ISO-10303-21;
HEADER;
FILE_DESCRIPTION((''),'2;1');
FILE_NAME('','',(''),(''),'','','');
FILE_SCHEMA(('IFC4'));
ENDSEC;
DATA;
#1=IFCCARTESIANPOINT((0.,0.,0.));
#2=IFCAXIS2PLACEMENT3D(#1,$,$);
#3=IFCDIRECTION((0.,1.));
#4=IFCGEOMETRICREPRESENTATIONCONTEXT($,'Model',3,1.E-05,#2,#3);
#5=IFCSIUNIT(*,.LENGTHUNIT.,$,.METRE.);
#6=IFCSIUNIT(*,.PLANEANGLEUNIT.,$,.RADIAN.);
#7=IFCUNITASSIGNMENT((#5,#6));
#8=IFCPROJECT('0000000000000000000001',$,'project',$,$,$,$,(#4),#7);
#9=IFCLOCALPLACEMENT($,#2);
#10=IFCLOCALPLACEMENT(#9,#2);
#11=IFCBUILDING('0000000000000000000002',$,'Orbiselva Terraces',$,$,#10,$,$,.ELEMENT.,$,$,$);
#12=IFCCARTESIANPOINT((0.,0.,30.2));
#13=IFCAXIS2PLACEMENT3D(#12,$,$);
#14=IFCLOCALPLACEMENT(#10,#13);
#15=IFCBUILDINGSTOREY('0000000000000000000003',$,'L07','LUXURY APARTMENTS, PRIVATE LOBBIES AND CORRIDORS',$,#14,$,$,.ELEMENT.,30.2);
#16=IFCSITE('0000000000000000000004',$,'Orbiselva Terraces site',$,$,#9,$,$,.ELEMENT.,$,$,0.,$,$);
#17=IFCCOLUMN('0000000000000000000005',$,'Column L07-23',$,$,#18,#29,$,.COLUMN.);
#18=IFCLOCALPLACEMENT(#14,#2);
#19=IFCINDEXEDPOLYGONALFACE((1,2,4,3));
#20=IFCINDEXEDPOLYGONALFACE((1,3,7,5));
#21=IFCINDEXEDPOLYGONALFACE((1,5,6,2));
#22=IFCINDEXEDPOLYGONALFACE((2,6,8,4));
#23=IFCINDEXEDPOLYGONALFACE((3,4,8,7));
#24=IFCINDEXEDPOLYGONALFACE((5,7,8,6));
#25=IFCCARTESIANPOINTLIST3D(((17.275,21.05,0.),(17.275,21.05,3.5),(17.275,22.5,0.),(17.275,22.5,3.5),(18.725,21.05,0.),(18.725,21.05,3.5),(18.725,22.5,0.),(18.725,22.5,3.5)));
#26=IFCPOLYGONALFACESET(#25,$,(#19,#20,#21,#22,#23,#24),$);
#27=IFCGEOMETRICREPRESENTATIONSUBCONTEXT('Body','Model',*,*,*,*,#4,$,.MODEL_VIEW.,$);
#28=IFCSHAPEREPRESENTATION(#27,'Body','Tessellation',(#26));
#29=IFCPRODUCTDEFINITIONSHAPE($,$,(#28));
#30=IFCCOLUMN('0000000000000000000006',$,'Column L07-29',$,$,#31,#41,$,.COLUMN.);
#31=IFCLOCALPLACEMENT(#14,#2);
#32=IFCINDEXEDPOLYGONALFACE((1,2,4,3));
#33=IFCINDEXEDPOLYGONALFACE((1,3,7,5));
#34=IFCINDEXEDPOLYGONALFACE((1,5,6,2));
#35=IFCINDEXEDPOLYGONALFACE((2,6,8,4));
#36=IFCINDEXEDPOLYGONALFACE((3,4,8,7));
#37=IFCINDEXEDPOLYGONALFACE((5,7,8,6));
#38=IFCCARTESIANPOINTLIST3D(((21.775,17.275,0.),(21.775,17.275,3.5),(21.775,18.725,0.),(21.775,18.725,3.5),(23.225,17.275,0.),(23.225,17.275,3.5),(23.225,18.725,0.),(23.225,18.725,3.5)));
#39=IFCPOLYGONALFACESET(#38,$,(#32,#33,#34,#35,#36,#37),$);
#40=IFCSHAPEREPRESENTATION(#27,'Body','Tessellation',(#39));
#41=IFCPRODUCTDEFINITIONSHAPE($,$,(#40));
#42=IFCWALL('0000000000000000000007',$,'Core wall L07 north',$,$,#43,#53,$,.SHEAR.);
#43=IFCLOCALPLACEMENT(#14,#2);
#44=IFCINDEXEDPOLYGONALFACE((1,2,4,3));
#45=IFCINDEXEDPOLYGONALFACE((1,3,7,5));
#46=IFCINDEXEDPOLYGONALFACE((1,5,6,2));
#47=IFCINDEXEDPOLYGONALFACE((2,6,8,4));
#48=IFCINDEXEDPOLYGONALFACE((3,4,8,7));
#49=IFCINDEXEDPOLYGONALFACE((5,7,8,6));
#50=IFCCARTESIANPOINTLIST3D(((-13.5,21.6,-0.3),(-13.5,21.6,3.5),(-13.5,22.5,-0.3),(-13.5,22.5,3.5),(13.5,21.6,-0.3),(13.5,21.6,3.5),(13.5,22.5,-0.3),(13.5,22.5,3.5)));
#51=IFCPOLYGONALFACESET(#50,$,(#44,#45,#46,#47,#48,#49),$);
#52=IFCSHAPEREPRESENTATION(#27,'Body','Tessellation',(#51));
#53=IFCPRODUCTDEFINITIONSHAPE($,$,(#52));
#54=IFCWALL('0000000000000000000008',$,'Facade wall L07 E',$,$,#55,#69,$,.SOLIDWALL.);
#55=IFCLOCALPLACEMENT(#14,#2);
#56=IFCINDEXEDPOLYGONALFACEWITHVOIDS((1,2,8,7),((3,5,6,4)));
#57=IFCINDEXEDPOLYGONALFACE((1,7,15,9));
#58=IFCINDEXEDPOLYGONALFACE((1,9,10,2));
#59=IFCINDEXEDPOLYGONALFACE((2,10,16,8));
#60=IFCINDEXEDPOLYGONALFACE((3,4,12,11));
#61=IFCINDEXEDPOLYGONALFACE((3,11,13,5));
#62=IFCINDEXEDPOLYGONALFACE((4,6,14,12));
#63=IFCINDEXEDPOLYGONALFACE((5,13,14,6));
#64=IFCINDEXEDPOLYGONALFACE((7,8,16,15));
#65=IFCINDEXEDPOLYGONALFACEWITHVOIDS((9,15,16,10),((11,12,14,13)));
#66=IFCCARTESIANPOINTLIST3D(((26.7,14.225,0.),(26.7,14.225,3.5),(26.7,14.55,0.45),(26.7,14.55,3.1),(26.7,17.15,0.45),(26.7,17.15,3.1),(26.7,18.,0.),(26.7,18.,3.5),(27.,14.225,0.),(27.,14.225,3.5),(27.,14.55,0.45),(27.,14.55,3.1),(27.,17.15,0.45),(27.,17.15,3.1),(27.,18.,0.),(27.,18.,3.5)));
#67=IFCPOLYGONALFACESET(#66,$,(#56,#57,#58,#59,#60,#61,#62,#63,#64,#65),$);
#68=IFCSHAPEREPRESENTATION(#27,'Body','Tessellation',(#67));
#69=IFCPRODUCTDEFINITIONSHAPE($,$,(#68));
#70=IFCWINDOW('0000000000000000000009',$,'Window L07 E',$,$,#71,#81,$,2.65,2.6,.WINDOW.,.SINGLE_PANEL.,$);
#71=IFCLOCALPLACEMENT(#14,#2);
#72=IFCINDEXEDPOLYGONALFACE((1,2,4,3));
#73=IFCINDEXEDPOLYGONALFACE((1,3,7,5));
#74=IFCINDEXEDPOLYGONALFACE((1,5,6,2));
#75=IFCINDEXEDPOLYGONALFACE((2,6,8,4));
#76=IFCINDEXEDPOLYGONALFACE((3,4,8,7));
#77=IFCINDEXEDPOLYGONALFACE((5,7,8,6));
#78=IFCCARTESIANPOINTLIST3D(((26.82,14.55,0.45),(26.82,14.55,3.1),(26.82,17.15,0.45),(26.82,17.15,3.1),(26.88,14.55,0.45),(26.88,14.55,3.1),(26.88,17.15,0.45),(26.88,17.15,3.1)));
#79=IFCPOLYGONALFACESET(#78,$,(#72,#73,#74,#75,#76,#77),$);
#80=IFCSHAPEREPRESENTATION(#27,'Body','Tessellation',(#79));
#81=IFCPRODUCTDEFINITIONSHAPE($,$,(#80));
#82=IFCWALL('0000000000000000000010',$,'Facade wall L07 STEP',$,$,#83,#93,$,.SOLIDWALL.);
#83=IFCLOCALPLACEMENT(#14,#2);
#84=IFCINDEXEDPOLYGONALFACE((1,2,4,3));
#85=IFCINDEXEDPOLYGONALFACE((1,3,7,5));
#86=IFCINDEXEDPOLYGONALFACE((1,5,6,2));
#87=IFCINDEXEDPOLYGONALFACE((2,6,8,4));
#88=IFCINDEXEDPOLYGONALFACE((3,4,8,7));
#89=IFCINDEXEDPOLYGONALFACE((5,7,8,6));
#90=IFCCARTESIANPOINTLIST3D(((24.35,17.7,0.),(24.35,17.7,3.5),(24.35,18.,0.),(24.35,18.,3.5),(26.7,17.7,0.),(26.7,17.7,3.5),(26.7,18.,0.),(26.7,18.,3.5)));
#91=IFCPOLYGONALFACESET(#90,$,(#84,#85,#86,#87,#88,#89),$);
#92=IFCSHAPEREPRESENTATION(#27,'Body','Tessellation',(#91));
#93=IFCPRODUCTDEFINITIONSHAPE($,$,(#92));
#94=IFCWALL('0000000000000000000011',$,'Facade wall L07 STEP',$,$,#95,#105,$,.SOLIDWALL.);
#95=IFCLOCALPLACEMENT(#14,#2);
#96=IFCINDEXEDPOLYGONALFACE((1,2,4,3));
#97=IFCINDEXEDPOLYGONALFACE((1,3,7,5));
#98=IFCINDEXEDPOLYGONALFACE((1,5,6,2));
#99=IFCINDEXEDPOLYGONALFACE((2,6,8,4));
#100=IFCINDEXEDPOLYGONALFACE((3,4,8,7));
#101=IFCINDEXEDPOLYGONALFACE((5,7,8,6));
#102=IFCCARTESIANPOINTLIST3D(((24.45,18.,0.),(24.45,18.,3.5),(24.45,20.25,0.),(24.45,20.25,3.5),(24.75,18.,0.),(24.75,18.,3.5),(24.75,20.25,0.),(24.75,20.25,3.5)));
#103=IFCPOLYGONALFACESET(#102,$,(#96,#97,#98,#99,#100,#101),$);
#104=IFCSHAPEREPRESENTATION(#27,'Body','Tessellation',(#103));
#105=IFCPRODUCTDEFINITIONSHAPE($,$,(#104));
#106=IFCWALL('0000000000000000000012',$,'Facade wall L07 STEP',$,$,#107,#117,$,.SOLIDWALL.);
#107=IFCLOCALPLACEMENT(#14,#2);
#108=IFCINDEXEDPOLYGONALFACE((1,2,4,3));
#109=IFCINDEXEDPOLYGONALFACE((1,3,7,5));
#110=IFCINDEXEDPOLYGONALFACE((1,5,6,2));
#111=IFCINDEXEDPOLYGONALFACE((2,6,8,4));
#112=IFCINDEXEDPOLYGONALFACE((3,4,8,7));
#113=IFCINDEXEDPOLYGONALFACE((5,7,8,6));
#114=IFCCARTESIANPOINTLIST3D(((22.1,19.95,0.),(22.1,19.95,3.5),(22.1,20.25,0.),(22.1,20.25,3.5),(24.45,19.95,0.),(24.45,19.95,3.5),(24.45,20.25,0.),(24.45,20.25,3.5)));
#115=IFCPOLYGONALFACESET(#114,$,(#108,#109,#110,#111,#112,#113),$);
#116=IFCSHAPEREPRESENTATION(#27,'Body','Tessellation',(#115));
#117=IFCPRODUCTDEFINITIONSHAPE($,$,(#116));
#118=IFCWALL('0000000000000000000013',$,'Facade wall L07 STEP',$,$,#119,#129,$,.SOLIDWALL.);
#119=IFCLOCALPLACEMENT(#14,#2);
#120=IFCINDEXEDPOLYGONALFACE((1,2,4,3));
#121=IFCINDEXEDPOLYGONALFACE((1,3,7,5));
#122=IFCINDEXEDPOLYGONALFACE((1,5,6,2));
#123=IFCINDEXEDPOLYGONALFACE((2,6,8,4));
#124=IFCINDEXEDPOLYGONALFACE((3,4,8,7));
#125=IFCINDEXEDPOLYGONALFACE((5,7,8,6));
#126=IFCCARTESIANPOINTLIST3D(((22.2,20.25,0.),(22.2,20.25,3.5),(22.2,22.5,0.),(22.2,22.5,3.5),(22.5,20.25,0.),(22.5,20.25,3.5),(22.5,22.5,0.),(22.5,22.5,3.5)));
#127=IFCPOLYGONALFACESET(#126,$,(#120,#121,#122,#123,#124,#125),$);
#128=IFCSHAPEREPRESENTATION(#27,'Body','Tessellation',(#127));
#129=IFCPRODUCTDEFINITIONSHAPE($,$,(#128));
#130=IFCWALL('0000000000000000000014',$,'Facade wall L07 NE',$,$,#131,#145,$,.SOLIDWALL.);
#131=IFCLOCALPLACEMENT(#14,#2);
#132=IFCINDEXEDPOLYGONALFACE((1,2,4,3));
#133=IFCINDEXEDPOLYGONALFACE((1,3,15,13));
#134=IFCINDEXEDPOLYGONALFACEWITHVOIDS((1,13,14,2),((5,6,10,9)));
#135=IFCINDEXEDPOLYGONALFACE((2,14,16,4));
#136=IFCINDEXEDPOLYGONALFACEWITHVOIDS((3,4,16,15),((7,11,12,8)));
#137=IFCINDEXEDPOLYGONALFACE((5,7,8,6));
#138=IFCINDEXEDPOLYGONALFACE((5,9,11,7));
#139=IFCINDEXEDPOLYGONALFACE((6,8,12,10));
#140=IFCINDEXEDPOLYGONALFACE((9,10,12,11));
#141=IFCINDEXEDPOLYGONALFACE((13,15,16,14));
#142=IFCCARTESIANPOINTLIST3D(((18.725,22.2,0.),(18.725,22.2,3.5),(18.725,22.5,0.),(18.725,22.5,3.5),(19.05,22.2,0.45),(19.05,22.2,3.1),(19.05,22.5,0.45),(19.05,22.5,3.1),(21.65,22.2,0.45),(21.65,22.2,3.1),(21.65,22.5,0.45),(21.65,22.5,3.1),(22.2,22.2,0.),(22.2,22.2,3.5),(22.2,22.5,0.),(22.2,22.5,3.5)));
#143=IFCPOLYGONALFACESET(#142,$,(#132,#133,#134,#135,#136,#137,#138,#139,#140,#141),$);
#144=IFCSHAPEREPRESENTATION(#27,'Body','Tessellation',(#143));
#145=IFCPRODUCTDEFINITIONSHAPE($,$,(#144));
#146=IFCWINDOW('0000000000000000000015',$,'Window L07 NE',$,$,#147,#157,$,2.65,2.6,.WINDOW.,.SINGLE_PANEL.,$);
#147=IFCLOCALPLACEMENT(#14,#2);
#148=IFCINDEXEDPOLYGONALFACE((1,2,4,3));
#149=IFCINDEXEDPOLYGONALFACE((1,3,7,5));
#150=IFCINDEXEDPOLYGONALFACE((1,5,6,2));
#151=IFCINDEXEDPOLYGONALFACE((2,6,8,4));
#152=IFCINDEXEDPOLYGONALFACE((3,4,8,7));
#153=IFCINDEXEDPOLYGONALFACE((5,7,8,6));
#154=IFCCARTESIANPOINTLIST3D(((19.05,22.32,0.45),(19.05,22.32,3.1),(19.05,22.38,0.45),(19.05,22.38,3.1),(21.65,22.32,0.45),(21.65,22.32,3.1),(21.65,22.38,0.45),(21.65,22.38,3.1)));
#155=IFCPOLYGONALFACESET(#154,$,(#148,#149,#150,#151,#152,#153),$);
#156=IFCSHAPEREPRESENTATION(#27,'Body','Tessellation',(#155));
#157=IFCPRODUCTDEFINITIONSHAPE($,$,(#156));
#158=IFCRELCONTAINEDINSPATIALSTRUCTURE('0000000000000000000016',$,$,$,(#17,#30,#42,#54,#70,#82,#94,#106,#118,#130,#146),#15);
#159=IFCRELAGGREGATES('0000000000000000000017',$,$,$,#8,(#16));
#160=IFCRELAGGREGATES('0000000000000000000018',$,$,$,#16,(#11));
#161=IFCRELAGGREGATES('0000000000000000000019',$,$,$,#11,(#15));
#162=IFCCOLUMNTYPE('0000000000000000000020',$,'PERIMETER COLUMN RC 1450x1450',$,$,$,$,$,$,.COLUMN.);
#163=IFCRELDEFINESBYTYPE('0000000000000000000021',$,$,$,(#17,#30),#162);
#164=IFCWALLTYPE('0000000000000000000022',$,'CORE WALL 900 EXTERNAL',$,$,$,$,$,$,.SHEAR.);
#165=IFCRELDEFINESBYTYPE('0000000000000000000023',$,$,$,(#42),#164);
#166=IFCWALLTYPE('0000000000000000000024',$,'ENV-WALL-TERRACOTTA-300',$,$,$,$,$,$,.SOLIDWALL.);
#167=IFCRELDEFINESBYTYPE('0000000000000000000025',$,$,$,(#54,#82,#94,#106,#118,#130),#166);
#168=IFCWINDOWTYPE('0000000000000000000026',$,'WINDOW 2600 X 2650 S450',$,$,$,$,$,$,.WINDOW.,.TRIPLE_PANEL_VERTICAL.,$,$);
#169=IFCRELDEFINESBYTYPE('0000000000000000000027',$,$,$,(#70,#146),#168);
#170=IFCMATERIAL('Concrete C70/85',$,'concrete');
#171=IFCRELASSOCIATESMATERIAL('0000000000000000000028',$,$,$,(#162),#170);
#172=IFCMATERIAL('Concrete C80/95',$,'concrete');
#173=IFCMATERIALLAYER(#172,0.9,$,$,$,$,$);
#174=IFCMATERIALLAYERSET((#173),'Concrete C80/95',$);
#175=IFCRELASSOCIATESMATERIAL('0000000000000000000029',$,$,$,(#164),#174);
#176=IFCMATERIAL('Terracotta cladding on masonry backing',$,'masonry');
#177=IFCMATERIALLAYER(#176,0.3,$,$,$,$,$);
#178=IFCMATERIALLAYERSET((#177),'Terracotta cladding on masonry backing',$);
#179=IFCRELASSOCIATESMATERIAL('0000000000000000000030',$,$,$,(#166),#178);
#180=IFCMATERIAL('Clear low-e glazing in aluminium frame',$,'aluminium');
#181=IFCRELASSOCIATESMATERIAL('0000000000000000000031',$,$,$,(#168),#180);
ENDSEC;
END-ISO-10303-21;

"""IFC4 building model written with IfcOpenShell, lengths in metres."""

from ifc_helpers import new_model, si_unit, direction, frame, frame_2d, origin, origin_2d, place, context, subcontext, project, spatial, rectangle, extrude, material, layer, layer_set, material_profile, profile_set, type_object, element, fill, save


model = new_model("IFC4")

# Units and contexts
model_context = context("Model", 3, precision=1e-05, world=origin(), true_north=direction((0.0, 1.0)))
body_context = subcontext(model_context, "Body", "Model", "MODEL_VIEW")
ifc_project = project(units=[si_unit("LENGTHUNIT", "METRE"), si_unit("PLANEANGLEUNIT", "RADIAN")], contexts=[model_context])

# Site, building, storey
site_placement = place(None, origin())
site = spatial("IfcSite", under=ifc_project, at=site_placement, Name="Orbiselva Terraces site", CompositionType="ELEMENT", RefElevation=0.0)
building_placement = place(site_placement, origin())
building = spatial("IfcBuilding", under=site, at=building_placement, Name="Orbiselva Terraces", CompositionType="ELEMENT")
storey_placement = place(building_placement, frame((0.0, 0.0, 30.2)))
storey = spatial("IfcBuildingStorey", under=building, at=storey_placement, Name="L07", Description="LUXURY APARTMENTS, PRIVATE LOBBIES AND CORRIDORS", CompositionType="ELEMENT", Elevation=30.2)

# Columns
ifc_material_1 = material(Name="Concrete C70/85", Category="concrete")
ifc_material_profile = material_profile(ifc_material_1, rectangle(XDim=1.45, YDim=1.45, at=origin_2d()), Name="RC 1450x1450")
ifc_profile_set = profile_set([ifc_material_profile], Name="Concrete C70/85")
column_type = type_object("IfcColumnType", Name="PERIMETER COLUMN RC 1450x1450", PredefinedType="COLUMN", material=ifc_profile_set)
for number, where, z_axis, x_axis, name in (
    (1, (18.0, 21.775, 0.0), (0.0, 0.0, 1.0), (1.0, 0.0, 0.0), "Column L07-23"),
    (2, (22.5, 18.0, 0.0), (0.0, 0.0, 1.0), (1.0, 0.0, 0.0), "Column L07-29"),
):
    element("IfcColumn", number, at=place(storey_placement, frame(where, z_axis=z_axis, x_axis=x_axis)), inside=storey, type_object=column_type, Name=name, PredefinedType="COLUMN", context=body_context, shape_type="SweptSolid", body=[
        extrude(rectangle(XDim=1.45, YDim=1.45, at=origin_2d()), origin(), (0.0, 0.0, 1.0), 3.5),
    ])

# Wall
ifc_material_2 = material(Name="Concrete C80/95", Category="concrete")
ifc_layer_1 = layer(ifc_material_2, 0.9)
ifc_layer_set_1 = layer_set([ifc_layer_1], Name="Concrete C80/95")
wall_type_1 = type_object("IfcWallType", Name="CORE WALL 900 EXTERNAL", PredefinedType="SHEAR", material=ifc_layer_set_1)
wall_1_placement = place(storey_placement, frame((13.5, 22.05, -0.3), z_axis=(0.0, 0.0, 1.0), x_axis=(-1.0, 0.0, 0.0)))
element("IfcWall", 3, at=wall_1_placement, inside=storey, type_object=wall_type_1, Name="Core wall L07 north", PredefinedType="SHEAR", context=body_context, shape_type="SweptSolid", body=[
    extrude(rectangle(XDim=27.0, YDim=0.9, at=frame_2d((13.5, 0.0))), origin(), (0.0, 0.0, 1.0), 3.8),
])

# Wall, opening, window
ifc_material_3 = material(Name="Terracotta cladding on masonry backing", Category="masonry")
ifc_layer_2 = layer(ifc_material_3, 0.3)
ifc_layer_set_2 = layer_set([ifc_layer_2], Name="Terracotta cladding on masonry backing")
wall_type_2 = type_object("IfcWallType", Name="ENV-WALL-TERRACOTTA-300", PredefinedType="SOLIDWALL", material=ifc_layer_set_2)
wall_2_placement = place(storey_placement, frame((26.85, 18.0, 0.0), z_axis=(0.0, 0.0, 1.0), x_axis=(0.0, -1.0, 0.0)))
wall_2 = element("IfcWall", 4, at=wall_2_placement, inside=storey, type_object=wall_type_2, Name="Facade wall L07 E", PredefinedType="SOLIDWALL", context=body_context, shape_type="SweptSolid", body=[
    extrude(rectangle(XDim=3.775, YDim=0.3, at=frame_2d((1.8875, 0.0))), origin(), (0.0, 0.0, 1.0), 3.5),
])
opening_1_placement = place(wall_2_placement, frame((0.85, 0.0, 0.45)))
opening_1 = element("IfcOpeningElement", 5, at=opening_1_placement, cuts=wall_2, PredefinedType="OPENING", context=body_context, shape_type="SweptSolid", body=[
    extrude(rectangle(XDim=2.6, YDim=2.65, at=frame_2d((1.3, 1.325))), frame((0.0, 0.16, 0.0), z_axis=(0.0, -1.0, 0.0), x_axis=(1.0, 0.0, 0.0)), (0.0, 0.0, 1.0), 0.32),
])
ifc_material_4 = material(Name="Clear low-e glazing in aluminium frame", Category="aluminium")
window_type_1 = type_object("IfcWindowType", Name="WINDOW 2600 X 2650 S450", PartitioningType="TRIPLE_PANEL_VERTICAL", PredefinedType="WINDOW", material=ifc_material_4)
window_1_placement = place(opening_1_placement, origin())
window_1 = element("IfcWindow", 6, at=window_1_placement, inside=storey, type_object=window_type_1, Name="Window L07 E", OverallHeight=2.65, OverallWidth=2.6, PartitioningType="SINGLE_PANEL", PredefinedType="WINDOW", context=body_context, shape_type="SweptSolid", body=[
    extrude(rectangle(XDim=2.6, YDim=2.65, at=frame_2d((1.3, 1.325))), frame((0.0, 0.03, 0.0), z_axis=(0.0, -1.0, 0.0), x_axis=(1.0, 0.0, 0.0)), (0.0, 0.0, 1.0), 0.06),
])
fill(opening_1, window_1)

# Walls
wall_3_placement = place(storey_placement, frame((24.35, 17.85, 0.0), z_axis=(0.0, 0.0, 1.0), x_axis=(1.0, 0.0, 0.0)))
element("IfcWall", 7, at=wall_3_placement, inside=storey, type_object=wall_type_2, Name="Facade wall L07 STEP", PredefinedType="SOLIDWALL", context=body_context, shape_type="SweptSolid", body=[
    extrude(rectangle(XDim=2.35, YDim=0.3, at=frame_2d((1.175, 0.0))), origin(), (0.0, 0.0, 1.0), 3.5),
])
wall_4_placement = place(storey_placement, frame((24.6, 20.25, 0.0), z_axis=(0.0, 0.0, 1.0), x_axis=(0.0, -1.0, 0.0)))
element("IfcWall", 8, at=wall_4_placement, inside=storey, type_object=wall_type_2, Name="Facade wall L07 STEP", PredefinedType="SOLIDWALL", context=body_context, shape_type="SweptSolid", body=[
    extrude(rectangle(XDim=2.25, YDim=0.3, at=frame_2d((1.125, 0.0))), origin(), (0.0, 0.0, 1.0), 3.5),
])
wall_5_placement = place(storey_placement, frame((22.1, 20.1, 0.0), z_axis=(0.0, 0.0, 1.0), x_axis=(1.0, 0.0, 0.0)))
element("IfcWall", 9, at=wall_5_placement, inside=storey, type_object=wall_type_2, Name="Facade wall L07 STEP", PredefinedType="SOLIDWALL", context=body_context, shape_type="SweptSolid", body=[
    extrude(rectangle(XDim=2.35, YDim=0.3, at=frame_2d((1.175, 0.0))), origin(), (0.0, 0.0, 1.0), 3.5),
])
wall_6_placement = place(storey_placement, frame((22.35, 22.5, 0.0), z_axis=(0.0, 0.0, 1.0), x_axis=(0.0, -1.0, 0.0)))
element("IfcWall", 10, at=wall_6_placement, inside=storey, type_object=wall_type_2, Name="Facade wall L07 STEP", PredefinedType="SOLIDWALL", context=body_context, shape_type="SweptSolid", body=[
    extrude(rectangle(XDim=2.25, YDim=0.3, at=frame_2d((1.125, 0.0))), origin(), (0.0, 0.0, 1.0), 3.5),
])

# Wall, opening, window
wall_7_placement = place(storey_placement, frame((18.725, 22.35, 0.0), z_axis=(0.0, 0.0, 1.0), x_axis=(1.0, 0.0, 0.0)))
wall_7 = element("IfcWall", 11, at=wall_7_placement, inside=storey, type_object=wall_type_2, Name="Facade wall L07 NE", PredefinedType="SOLIDWALL", context=body_context, shape_type="SweptSolid", body=[
    extrude(rectangle(XDim=3.475, YDim=0.3, at=frame_2d((1.7375, 0.0))), origin(), (0.0, 0.0, 1.0), 3.5),
])
opening_2_placement = place(wall_7_placement, frame((0.325, 0.0, 0.45)))
opening_2 = element("IfcOpeningElement", 12, at=opening_2_placement, cuts=wall_7, PredefinedType="OPENING", context=body_context, shape_type="SweptSolid", body=[
    extrude(rectangle(XDim=2.6, YDim=2.65, at=frame_2d((1.3, 1.325))), frame((0.0, 0.16, 0.0), z_axis=(0.0, -1.0, 0.0), x_axis=(1.0, 0.0, 0.0)), (0.0, 0.0, 1.0), 0.32),
])
window_2_placement = place(opening_2_placement, origin())
window_2 = element("IfcWindow", 13, at=window_2_placement, inside=storey, type_object=window_type_1, Name="Window L07 NE", OverallHeight=2.65, OverallWidth=2.6, PartitioningType="SINGLE_PANEL", PredefinedType="WINDOW", context=body_context, shape_type="SweptSolid", body=[
    extrude(rectangle(XDim=2.6, YDim=2.65, at=frame_2d((1.3, 1.325))), frame((0.0, 0.03, 0.0), z_axis=(0.0, -1.0, 0.0), x_axis=(1.0, 0.0, 0.0)), (0.0, 0.0, 1.0), 0.06),
])
fill(opening_2, window_2)

save(model, "model.ifc")
